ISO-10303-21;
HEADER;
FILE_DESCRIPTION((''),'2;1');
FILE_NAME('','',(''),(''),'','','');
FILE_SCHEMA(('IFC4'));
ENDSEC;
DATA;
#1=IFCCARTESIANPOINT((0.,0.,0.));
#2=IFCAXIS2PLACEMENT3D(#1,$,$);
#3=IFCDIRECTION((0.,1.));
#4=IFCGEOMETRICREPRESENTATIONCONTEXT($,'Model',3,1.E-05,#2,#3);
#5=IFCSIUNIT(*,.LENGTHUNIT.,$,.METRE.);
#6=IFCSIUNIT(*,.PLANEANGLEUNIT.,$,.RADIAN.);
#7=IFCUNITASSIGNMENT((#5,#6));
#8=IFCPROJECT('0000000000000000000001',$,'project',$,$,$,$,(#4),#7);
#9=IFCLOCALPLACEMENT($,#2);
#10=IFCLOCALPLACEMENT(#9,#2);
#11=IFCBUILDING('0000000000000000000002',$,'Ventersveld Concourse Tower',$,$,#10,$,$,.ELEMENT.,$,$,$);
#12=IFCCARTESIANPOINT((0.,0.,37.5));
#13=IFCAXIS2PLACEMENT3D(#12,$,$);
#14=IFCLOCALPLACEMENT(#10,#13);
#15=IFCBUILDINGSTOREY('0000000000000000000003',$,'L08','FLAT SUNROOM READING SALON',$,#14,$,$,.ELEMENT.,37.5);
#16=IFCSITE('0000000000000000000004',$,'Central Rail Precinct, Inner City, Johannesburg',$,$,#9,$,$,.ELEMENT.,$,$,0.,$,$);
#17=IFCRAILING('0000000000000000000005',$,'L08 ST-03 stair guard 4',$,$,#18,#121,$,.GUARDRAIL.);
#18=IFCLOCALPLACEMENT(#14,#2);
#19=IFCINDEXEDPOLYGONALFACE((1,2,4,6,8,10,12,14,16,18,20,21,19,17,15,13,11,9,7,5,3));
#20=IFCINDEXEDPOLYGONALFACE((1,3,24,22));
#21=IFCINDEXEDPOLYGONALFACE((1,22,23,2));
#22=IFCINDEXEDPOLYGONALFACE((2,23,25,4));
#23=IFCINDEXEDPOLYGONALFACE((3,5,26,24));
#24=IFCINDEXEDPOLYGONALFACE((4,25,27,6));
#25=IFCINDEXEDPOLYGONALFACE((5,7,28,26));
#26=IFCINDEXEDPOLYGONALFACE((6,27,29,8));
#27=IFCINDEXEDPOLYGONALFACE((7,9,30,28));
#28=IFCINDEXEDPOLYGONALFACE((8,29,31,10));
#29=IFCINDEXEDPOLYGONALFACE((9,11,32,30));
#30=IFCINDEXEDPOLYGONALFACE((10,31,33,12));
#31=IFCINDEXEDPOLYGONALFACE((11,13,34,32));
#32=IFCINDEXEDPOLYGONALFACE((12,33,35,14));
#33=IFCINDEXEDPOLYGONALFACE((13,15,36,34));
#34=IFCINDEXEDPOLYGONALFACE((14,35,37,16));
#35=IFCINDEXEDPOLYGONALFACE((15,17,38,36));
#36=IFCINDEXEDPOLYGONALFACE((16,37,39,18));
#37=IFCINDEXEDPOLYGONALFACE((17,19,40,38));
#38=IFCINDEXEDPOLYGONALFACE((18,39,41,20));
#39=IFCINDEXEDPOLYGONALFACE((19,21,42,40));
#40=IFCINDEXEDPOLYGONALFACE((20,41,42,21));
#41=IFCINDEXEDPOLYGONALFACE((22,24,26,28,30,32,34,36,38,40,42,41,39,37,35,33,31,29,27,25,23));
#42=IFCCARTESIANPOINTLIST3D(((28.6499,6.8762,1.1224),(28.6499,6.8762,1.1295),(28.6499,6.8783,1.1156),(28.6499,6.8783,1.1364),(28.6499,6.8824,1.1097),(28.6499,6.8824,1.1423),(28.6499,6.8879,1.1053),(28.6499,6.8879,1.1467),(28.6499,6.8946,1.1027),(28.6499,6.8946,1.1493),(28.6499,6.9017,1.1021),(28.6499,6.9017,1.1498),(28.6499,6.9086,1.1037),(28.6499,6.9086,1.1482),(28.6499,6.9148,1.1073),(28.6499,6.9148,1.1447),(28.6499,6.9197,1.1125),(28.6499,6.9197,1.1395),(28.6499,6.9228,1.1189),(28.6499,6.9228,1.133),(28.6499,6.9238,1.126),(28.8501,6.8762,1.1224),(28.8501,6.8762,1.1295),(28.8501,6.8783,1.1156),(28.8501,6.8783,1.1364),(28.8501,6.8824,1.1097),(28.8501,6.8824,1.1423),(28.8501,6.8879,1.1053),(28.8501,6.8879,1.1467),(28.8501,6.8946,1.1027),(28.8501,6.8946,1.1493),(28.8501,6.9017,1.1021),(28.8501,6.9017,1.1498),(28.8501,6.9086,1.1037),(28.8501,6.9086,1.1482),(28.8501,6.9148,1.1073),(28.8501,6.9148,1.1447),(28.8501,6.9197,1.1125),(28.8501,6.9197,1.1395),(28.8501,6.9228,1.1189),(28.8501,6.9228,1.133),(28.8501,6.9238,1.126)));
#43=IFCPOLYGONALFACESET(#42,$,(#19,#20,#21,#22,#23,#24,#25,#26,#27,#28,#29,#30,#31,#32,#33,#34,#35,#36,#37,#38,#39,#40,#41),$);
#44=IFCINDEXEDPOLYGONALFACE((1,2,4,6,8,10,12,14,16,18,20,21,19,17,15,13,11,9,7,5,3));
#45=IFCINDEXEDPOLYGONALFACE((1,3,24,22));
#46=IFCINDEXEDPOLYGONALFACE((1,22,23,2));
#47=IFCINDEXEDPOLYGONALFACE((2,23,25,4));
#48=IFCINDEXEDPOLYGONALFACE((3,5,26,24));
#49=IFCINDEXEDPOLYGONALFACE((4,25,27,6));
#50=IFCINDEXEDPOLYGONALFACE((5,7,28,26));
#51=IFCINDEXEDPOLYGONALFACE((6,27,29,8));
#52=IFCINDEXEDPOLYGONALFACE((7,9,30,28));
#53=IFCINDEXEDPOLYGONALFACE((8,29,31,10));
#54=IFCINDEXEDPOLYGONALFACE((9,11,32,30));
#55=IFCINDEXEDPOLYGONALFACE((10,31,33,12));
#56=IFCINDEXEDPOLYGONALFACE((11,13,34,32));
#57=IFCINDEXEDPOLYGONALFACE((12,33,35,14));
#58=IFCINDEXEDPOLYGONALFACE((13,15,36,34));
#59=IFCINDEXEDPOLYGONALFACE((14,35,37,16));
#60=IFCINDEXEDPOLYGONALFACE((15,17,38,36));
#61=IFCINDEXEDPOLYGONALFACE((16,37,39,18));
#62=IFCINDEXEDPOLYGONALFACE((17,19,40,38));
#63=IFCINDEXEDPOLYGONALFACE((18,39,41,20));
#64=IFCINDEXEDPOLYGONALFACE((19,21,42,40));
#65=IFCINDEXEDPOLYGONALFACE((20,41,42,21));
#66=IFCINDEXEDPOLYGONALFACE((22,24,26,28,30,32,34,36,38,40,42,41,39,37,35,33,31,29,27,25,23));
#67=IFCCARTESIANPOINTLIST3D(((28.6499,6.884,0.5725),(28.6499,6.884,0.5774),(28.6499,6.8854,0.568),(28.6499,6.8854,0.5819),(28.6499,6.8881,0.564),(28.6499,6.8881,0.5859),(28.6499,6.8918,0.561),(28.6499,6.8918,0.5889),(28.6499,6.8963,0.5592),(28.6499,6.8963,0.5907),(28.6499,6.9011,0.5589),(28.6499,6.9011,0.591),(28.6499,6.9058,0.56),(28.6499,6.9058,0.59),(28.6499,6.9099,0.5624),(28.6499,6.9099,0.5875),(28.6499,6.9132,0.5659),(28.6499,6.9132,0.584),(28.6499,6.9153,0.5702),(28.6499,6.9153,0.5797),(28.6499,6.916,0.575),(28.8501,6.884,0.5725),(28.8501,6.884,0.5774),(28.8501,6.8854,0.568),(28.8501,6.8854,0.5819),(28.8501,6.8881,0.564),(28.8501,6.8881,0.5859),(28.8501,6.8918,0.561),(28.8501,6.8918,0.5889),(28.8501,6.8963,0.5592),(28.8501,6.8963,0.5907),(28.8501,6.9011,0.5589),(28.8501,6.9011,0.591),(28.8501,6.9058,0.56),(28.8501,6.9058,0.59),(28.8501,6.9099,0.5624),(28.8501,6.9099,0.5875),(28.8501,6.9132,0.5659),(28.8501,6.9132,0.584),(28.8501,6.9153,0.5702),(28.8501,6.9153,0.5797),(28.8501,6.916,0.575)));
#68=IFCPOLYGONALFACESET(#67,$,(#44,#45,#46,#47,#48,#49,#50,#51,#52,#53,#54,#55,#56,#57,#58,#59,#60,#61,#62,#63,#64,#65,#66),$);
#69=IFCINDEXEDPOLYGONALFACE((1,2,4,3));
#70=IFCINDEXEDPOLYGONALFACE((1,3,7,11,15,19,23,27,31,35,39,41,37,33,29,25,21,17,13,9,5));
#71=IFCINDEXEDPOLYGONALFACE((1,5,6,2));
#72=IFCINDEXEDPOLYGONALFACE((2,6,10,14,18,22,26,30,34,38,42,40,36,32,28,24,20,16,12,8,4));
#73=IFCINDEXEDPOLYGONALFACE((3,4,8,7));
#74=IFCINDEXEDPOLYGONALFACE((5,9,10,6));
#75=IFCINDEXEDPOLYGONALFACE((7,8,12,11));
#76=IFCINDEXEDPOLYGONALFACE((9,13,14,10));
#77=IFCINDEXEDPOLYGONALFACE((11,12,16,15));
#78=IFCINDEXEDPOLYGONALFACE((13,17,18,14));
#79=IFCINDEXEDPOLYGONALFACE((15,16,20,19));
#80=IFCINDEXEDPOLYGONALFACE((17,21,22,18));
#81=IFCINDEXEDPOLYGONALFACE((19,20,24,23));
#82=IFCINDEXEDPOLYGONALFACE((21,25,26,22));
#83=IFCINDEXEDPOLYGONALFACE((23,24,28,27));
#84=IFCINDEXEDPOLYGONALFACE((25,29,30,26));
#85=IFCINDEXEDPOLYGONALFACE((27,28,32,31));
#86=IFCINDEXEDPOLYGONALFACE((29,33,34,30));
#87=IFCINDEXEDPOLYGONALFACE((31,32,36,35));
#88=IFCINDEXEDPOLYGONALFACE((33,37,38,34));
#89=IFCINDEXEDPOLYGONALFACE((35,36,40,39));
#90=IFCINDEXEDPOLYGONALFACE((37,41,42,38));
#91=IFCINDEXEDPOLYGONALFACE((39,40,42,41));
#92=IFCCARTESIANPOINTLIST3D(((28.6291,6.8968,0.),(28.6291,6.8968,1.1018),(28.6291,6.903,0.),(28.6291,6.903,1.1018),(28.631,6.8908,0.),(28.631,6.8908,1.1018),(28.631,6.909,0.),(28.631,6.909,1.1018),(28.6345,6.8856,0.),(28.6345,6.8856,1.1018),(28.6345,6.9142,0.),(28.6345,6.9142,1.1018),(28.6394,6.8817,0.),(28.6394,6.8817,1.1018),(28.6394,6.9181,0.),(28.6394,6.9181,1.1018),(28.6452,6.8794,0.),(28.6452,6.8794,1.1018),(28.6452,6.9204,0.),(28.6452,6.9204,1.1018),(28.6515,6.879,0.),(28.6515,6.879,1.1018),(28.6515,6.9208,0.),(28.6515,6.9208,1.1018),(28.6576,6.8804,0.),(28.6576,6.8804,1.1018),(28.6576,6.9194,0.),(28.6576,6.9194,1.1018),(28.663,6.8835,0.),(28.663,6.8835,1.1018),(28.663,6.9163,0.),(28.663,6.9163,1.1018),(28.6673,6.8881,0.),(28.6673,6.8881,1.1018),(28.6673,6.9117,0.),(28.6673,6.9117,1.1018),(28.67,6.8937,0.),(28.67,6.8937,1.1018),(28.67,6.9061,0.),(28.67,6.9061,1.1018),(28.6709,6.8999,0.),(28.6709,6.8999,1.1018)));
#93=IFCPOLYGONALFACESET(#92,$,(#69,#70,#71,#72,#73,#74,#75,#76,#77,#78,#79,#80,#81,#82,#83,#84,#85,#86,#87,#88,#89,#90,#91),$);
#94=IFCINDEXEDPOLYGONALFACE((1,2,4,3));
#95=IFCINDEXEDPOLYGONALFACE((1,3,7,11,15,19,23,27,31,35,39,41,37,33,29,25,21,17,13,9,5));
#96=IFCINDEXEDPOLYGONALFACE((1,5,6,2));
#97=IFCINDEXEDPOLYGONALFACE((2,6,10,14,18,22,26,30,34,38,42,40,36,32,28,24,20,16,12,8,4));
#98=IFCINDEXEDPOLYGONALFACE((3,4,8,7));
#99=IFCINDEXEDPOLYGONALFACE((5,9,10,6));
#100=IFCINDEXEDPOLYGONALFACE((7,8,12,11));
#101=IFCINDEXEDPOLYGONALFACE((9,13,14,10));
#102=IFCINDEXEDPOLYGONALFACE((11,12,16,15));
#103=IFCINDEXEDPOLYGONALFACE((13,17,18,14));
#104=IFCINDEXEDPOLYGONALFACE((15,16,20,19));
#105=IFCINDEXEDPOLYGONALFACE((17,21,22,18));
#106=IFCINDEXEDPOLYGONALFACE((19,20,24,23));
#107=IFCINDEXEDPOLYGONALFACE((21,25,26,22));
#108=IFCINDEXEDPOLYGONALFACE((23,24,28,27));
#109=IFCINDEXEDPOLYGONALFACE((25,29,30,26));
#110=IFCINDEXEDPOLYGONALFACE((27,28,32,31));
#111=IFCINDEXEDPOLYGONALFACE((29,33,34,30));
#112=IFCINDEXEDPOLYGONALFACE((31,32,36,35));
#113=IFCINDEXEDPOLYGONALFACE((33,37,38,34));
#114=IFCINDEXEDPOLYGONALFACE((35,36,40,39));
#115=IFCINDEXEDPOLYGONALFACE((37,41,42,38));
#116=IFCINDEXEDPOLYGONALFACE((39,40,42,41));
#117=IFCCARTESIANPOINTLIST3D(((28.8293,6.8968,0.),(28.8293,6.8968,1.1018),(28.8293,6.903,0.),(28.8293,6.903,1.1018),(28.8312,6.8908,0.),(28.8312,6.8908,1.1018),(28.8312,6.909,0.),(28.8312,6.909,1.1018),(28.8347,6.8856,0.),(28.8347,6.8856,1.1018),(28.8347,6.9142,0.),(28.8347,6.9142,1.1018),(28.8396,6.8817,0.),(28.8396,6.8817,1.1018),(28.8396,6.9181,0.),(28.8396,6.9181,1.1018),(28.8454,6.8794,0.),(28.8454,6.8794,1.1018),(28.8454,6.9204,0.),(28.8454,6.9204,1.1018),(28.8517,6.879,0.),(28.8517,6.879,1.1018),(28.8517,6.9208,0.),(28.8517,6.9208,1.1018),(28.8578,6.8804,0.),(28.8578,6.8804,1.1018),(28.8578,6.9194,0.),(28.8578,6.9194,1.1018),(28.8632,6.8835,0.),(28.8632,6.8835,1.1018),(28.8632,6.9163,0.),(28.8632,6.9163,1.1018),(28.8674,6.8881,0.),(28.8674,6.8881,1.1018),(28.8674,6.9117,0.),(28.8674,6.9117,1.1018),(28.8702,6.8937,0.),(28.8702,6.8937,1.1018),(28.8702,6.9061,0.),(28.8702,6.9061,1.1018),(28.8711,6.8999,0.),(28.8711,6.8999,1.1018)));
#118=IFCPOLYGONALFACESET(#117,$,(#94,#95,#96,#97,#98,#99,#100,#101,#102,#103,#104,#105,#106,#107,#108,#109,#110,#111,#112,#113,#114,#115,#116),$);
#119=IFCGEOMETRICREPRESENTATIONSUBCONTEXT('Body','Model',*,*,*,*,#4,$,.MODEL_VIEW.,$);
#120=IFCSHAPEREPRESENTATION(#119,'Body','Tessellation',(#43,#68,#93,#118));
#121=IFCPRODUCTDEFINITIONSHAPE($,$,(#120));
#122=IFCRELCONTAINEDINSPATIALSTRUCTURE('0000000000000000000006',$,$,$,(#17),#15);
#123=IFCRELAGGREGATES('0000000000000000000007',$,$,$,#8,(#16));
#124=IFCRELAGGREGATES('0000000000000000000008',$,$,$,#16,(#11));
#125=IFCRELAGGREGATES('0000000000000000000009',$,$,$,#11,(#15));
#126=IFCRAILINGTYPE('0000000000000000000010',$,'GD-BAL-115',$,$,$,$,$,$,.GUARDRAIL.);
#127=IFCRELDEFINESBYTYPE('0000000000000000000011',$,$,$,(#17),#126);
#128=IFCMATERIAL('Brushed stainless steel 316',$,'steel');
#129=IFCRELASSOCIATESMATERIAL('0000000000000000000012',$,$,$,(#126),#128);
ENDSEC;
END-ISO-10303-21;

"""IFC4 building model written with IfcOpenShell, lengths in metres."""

from ifc_helpers import new_model, si_unit, direction, frame, origin, origin_2d, place, context, subcontext, project, spatial, circle, extrude, material, type_object, element, save


model = new_model("IFC4")

# Units and contexts
model_context = context("Model", 3, precision=1e-05, world=origin(), true_north=direction((0.0, 1.0)))
body_context = subcontext(model_context, "Body", "Model", "MODEL_VIEW")
ifc_project = project(units=[si_unit("LENGTHUNIT", "METRE"), si_unit("PLANEANGLEUNIT", "RADIAN")], contexts=[model_context])

# Site, building, storey
site_placement = place(None, origin())
site = spatial("IfcSite", under=ifc_project, at=site_placement, Name="Central Rail Precinct, Inner City, Johannesburg", CompositionType="ELEMENT", RefElevation=0.0)
building_placement = place(site_placement, origin())
building = spatial("IfcBuilding", under=site, at=building_placement, Name="Ventersveld Concourse Tower", CompositionType="ELEMENT")
storey_placement = place(building_placement, frame((0.0, 0.0, 37.5)))
storey = spatial("IfcBuildingStorey", under=building, at=storey_placement, Name="L08", Description="FLAT SUNROOM READING SALON", CompositionType="ELEMENT", Elevation=37.5)

# Shared definitions
ifc_material_1 = material(Name="Brushed stainless steel 316", Category="steel")

# Railing
railing_type = type_object("IfcRailingType", Name="GD-BAL-115", PredefinedType="GUARDRAIL", material=ifc_material_1)
railing_1_placement = place(storey_placement, frame((28.6499, 6.8999, 0.0)))
element("IfcRailing", 1, at=railing_1_placement, inside=storey, type_object=railing_type, Name="L08 ST-03 stair guard 4", PredefinedType="GUARDRAIL", context=body_context, shape_type="SweptSolid", body=[
    extrude(circle(Radius=0.0239, at=origin_2d()), frame((0.0, 0.0, 1.126), z_axis=(1.0, 0.0, 0.0), x_axis=(0.0, 1.0, 0.0)), (0.0, 0.0, 1.0), 0.2002),
    extrude(circle(Radius=0.0161, at=origin_2d()), frame((0.0, 0.0, 0.575), z_axis=(1.0, 0.0, 0.0), x_axis=(0.0, 1.0, 0.0)), (0.0, 0.0, 1.0), 0.2002),
    extrude(circle(Radius=0.021, at=origin_2d()), origin(), (0.0, 0.0, 1.0), 1.1018),
    extrude(circle(Radius=0.021, at=origin_2d()), frame((0.2002, 0.0, 0.0)), (0.0, 0.0, 1.0), 1.1018),
])

save(model, "model.ifc")
